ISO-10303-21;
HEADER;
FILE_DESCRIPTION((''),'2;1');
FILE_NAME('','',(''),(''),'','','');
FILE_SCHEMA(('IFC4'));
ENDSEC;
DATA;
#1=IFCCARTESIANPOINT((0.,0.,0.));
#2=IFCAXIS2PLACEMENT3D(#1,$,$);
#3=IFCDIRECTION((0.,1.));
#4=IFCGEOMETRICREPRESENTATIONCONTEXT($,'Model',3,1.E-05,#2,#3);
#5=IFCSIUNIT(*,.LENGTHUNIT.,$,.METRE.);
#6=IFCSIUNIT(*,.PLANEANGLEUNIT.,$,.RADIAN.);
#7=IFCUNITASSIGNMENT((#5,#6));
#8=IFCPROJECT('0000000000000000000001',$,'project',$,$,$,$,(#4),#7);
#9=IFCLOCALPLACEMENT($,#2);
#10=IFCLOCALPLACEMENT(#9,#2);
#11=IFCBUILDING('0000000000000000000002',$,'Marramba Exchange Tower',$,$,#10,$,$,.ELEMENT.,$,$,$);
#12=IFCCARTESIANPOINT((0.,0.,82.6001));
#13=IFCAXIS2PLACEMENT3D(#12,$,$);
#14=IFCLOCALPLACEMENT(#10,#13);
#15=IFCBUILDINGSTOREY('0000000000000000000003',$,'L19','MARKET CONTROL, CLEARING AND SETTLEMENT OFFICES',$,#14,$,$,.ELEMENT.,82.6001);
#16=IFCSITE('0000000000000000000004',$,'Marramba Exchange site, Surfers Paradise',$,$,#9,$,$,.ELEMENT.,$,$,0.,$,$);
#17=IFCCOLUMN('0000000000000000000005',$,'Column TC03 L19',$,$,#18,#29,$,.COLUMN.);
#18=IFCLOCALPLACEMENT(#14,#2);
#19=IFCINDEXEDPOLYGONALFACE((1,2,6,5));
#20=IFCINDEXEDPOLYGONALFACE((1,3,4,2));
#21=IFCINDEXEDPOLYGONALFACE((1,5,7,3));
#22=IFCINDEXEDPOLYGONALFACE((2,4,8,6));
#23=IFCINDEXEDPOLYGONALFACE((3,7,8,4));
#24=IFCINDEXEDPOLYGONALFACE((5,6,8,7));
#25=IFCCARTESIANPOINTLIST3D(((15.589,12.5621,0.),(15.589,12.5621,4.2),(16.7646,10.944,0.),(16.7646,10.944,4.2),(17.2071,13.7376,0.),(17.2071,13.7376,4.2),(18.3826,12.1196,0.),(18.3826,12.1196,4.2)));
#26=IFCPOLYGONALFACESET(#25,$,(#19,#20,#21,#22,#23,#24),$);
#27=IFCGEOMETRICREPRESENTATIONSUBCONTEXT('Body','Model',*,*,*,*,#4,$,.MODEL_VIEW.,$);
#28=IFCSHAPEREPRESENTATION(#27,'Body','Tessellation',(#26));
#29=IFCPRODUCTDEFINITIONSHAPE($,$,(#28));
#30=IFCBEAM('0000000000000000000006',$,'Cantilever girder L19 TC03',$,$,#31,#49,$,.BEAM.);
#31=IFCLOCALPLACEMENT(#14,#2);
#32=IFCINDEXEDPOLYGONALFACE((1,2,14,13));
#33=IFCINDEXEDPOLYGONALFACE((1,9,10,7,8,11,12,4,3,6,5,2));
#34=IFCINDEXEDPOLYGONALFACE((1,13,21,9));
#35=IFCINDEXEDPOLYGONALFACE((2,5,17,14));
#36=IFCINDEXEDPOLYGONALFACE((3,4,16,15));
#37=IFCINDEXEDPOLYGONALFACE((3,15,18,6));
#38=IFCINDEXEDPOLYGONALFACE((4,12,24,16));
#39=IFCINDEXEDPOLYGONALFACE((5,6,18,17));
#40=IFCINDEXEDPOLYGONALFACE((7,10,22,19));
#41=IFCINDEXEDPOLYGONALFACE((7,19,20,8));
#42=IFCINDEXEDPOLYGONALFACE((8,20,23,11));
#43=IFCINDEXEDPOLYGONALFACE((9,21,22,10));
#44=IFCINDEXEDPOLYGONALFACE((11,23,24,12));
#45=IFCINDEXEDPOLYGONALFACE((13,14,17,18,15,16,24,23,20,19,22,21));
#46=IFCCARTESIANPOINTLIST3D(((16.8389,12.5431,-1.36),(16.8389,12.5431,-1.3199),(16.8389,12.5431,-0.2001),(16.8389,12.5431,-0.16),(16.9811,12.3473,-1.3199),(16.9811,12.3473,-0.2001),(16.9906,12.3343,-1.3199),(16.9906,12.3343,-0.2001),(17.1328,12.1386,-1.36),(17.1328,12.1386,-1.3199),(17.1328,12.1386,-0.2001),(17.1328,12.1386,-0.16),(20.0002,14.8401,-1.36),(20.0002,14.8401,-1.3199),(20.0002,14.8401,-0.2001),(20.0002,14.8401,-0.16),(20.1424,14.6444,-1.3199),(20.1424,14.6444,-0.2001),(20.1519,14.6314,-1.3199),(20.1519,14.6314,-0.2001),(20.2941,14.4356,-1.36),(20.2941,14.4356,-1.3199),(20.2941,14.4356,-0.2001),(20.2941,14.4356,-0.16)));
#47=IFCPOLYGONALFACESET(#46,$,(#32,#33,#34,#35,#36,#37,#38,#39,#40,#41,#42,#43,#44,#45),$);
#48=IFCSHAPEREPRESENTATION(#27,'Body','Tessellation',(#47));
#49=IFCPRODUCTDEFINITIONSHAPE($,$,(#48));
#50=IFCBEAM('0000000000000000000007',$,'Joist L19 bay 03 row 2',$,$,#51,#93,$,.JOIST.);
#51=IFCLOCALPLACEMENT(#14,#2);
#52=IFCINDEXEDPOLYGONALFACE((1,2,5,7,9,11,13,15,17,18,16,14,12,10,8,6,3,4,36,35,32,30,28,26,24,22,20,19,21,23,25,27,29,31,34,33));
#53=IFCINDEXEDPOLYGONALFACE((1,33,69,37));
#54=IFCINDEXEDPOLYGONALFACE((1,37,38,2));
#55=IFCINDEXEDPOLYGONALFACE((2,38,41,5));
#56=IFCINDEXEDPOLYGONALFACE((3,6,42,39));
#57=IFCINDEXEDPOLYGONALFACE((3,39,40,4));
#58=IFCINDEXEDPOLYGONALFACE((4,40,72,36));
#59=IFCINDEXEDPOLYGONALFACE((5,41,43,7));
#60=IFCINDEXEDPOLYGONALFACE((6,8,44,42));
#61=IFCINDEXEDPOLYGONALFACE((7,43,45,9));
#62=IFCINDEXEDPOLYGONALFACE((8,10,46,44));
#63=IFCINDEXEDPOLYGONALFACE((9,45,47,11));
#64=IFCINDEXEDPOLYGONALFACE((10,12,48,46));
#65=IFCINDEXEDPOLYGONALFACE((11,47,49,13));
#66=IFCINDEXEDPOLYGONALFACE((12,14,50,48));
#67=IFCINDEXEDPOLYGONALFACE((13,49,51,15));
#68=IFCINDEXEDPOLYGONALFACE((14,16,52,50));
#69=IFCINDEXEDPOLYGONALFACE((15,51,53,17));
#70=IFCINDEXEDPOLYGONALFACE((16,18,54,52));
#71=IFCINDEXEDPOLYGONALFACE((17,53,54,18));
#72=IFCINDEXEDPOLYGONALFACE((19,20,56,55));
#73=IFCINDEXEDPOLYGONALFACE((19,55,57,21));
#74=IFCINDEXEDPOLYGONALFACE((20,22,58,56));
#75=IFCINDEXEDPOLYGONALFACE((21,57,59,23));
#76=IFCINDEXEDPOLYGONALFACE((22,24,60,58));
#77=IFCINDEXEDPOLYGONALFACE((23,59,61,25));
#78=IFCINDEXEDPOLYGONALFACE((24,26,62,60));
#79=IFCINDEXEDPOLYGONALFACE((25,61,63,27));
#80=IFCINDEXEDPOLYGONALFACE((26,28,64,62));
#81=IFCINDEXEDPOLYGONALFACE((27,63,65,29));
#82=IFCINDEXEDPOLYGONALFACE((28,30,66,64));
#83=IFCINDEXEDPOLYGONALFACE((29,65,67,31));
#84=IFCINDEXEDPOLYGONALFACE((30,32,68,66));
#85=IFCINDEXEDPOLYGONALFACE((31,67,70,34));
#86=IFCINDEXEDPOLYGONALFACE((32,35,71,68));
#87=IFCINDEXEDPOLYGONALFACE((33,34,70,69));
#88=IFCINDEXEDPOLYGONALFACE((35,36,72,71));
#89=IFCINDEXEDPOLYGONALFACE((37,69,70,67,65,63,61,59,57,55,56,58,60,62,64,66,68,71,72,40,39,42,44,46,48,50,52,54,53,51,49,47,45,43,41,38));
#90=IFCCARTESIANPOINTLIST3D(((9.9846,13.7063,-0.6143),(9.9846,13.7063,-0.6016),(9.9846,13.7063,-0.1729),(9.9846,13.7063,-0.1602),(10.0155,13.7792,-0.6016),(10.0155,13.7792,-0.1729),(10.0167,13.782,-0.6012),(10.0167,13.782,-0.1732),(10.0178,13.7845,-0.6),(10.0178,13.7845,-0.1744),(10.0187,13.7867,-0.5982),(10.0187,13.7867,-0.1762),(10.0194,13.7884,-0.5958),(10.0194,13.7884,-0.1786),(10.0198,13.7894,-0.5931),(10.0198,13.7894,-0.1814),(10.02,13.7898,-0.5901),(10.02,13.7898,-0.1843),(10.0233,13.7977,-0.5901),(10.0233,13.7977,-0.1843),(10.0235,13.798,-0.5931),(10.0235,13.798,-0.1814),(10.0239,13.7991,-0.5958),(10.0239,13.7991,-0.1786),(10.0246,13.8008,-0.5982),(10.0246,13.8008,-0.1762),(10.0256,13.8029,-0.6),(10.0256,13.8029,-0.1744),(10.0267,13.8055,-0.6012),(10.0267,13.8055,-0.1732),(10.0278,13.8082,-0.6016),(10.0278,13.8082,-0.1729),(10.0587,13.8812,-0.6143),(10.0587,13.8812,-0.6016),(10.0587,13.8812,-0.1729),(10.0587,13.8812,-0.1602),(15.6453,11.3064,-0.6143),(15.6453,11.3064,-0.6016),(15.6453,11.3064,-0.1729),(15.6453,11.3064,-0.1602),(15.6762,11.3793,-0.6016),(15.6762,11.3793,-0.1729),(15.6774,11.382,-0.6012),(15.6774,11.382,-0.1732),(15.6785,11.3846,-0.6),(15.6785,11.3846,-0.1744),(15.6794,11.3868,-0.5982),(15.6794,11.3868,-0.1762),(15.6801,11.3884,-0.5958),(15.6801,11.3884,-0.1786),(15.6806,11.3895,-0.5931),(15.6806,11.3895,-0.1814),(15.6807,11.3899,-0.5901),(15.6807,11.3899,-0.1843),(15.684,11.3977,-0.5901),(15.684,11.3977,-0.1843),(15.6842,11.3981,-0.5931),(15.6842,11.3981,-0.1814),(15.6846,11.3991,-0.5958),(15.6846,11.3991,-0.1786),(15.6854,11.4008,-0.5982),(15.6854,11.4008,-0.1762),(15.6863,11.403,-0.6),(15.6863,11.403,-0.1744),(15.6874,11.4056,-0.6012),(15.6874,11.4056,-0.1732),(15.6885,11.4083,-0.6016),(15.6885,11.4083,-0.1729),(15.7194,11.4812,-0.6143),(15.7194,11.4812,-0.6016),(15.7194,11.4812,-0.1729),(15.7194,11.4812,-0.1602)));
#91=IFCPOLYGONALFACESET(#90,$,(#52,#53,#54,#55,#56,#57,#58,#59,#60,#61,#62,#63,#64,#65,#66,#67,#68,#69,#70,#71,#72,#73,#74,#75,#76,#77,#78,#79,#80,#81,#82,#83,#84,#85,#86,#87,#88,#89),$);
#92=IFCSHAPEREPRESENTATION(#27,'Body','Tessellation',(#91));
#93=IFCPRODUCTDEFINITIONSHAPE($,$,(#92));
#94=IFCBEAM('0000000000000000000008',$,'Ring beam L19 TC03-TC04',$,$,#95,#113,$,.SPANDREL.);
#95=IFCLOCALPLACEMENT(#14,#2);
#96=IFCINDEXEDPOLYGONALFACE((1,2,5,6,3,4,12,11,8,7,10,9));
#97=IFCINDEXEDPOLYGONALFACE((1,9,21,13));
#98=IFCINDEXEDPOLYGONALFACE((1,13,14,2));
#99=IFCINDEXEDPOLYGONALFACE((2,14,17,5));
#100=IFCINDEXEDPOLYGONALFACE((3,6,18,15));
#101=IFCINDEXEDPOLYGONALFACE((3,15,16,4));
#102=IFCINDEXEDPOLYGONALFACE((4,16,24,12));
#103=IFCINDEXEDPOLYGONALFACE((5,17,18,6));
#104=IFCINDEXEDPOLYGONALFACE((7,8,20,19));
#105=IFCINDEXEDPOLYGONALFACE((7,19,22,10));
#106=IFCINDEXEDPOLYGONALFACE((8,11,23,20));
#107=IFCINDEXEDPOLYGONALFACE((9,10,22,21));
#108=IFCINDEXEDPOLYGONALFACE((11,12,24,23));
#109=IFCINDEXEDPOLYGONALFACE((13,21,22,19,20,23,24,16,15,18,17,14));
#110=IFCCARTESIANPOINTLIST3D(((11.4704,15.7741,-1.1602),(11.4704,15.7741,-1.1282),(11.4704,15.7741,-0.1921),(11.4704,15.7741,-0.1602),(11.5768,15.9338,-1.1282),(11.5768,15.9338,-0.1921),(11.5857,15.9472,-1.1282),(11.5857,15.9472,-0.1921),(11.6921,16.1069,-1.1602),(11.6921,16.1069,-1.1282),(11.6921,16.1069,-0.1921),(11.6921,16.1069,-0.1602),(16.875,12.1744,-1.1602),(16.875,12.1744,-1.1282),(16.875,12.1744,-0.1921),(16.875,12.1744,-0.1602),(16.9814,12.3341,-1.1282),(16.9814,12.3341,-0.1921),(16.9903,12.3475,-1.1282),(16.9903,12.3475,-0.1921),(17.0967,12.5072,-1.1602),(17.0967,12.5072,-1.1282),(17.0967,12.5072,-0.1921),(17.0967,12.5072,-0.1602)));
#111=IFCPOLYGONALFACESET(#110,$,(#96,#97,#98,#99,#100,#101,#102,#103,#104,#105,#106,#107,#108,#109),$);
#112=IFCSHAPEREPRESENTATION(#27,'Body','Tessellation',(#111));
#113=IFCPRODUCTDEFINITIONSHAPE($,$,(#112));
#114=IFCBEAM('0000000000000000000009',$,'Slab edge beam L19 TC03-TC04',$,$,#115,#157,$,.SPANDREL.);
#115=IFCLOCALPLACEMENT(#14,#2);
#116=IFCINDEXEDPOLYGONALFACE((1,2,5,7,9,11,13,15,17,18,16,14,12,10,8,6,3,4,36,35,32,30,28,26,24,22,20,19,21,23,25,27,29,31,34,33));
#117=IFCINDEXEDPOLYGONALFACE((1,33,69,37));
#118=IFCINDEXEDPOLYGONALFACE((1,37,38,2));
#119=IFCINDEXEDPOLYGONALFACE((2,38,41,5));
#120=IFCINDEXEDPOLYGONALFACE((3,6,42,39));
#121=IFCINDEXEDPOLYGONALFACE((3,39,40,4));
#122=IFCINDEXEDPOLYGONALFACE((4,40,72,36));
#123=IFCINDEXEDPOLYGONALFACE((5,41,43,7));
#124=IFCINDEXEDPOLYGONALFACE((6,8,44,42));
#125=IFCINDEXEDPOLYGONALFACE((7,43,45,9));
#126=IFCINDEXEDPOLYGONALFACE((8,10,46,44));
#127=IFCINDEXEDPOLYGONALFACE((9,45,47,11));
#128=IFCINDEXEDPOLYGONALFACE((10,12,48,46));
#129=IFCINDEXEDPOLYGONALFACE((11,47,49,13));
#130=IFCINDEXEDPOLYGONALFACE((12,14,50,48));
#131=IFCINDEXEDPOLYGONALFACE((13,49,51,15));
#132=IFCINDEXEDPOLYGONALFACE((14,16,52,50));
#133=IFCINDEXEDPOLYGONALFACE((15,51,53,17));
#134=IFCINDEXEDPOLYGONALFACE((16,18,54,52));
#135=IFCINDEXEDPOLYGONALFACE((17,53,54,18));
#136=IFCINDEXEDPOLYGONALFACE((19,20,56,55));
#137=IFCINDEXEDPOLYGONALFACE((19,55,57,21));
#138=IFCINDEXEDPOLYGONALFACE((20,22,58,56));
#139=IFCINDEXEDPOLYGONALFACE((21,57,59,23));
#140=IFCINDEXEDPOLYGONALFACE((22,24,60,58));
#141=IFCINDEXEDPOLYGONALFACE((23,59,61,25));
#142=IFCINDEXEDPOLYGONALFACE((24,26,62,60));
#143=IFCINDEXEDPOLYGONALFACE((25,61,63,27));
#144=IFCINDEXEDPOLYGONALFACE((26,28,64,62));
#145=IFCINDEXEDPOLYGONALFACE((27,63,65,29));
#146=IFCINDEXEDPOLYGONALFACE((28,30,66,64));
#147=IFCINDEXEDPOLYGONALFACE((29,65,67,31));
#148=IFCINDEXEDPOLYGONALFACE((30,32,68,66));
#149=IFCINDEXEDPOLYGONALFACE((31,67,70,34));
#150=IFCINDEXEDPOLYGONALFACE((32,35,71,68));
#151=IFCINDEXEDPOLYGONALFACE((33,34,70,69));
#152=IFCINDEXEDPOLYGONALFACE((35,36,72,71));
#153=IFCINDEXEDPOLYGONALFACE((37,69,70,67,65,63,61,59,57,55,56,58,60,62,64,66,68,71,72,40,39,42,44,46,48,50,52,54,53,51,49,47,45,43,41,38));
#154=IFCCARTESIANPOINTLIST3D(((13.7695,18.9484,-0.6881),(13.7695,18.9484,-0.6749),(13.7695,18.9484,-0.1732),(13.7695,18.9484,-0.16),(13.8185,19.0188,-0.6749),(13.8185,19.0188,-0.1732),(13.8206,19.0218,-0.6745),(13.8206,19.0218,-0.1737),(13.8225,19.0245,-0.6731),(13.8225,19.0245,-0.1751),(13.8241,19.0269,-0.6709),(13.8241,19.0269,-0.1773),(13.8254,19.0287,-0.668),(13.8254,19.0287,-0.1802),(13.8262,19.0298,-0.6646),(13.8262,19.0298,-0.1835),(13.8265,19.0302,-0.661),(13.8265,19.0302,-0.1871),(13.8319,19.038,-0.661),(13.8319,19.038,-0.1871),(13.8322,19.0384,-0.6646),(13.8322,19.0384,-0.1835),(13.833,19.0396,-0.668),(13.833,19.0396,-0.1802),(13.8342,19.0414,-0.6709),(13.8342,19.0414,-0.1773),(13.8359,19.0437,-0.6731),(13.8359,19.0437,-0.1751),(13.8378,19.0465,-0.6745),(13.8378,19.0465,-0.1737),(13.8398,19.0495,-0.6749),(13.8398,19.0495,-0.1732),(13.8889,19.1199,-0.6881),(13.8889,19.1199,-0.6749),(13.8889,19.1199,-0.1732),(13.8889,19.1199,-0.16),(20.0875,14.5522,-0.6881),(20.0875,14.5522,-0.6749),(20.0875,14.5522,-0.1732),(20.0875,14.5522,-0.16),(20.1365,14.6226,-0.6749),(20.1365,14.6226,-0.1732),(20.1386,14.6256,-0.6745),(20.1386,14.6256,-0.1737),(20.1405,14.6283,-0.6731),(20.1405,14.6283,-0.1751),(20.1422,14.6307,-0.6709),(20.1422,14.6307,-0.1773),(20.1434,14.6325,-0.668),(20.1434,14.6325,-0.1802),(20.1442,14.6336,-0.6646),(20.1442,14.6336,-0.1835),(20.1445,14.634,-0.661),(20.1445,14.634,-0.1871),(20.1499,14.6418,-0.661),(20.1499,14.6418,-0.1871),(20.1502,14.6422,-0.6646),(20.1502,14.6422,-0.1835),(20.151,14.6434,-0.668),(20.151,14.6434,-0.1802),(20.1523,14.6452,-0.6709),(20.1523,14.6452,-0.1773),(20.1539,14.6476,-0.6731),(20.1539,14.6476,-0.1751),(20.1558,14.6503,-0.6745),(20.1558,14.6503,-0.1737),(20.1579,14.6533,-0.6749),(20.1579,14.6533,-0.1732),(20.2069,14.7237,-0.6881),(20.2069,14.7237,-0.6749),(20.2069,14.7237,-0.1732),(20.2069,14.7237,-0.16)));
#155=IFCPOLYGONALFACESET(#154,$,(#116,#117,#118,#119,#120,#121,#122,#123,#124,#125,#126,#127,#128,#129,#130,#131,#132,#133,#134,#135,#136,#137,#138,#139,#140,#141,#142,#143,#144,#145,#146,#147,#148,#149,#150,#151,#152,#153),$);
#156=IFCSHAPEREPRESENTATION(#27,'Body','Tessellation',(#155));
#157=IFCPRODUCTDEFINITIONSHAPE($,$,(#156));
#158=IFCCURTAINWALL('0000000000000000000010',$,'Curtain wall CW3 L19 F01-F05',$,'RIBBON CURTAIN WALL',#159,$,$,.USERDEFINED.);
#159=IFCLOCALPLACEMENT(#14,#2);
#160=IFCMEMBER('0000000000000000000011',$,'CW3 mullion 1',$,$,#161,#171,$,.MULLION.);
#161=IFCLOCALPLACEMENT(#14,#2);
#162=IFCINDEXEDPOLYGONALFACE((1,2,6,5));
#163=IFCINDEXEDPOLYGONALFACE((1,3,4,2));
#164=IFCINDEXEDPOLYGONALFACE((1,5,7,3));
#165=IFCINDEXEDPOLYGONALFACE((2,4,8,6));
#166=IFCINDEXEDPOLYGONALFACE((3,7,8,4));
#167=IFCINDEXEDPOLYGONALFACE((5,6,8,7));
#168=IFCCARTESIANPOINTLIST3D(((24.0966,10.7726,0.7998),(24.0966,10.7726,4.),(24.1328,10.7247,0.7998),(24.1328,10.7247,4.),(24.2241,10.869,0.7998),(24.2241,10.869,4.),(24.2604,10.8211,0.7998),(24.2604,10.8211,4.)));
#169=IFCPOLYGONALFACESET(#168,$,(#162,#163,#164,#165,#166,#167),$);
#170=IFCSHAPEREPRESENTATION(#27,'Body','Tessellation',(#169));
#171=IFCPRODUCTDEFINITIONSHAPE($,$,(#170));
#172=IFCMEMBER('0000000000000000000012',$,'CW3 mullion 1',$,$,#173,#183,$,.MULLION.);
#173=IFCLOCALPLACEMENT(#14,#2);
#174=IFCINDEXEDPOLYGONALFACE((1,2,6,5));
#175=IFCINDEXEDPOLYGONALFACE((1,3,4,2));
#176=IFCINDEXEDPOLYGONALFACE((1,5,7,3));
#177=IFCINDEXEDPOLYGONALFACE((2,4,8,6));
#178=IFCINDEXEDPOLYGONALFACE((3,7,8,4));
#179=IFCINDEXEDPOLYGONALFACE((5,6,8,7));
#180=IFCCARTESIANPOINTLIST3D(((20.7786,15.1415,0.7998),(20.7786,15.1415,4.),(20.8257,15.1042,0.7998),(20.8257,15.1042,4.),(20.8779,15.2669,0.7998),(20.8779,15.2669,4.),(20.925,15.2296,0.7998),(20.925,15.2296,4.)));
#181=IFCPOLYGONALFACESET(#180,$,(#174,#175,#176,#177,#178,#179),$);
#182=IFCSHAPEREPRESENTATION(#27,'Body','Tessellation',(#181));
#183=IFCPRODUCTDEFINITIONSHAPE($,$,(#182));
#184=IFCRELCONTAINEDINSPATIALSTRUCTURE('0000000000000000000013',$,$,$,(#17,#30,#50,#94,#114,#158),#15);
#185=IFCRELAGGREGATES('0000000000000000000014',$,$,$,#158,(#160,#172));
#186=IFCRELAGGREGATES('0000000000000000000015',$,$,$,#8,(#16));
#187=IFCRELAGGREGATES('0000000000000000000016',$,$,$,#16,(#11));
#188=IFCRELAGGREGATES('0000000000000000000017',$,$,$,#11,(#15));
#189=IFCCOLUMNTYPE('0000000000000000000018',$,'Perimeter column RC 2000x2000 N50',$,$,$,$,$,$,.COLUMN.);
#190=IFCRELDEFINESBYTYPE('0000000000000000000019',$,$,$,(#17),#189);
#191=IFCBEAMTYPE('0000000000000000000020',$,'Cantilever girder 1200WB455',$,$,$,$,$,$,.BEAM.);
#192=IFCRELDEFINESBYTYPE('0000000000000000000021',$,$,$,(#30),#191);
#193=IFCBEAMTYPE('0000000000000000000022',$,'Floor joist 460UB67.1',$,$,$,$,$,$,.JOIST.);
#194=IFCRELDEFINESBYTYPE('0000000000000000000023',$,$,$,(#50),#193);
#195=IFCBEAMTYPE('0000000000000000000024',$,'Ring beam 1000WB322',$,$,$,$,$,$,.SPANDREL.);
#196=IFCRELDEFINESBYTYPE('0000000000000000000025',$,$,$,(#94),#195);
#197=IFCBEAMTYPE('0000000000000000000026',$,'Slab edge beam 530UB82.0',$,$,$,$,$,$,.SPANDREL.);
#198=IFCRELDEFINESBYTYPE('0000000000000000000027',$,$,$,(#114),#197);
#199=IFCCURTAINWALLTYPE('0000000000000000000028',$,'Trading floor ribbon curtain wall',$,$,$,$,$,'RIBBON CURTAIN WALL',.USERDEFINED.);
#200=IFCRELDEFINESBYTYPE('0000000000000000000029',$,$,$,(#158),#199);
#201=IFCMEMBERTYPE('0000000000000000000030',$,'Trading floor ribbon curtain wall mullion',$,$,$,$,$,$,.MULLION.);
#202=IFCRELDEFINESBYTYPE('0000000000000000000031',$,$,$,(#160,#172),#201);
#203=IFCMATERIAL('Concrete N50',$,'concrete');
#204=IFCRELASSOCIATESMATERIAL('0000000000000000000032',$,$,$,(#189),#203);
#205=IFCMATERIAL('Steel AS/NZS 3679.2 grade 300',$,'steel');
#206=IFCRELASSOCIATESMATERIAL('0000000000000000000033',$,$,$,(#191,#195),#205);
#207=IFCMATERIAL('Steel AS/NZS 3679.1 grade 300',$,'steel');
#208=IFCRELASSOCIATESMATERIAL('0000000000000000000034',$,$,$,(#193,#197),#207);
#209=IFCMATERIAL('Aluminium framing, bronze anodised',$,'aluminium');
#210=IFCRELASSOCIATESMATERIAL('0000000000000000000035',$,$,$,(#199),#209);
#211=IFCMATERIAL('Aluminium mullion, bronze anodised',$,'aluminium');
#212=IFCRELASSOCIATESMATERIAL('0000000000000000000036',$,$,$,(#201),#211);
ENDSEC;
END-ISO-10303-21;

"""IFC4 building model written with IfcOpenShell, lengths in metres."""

from ifc_helpers import new_model, si_unit, direction, frame, origin, origin_2d, place, context, subcontext, project, spatial, rectangle, i_section, extrude, material, material_profile, profile_set, type_object, element, aggregate, save


model = new_model("IFC4")

# Units and contexts
model_context = context("Model", 3, precision=1e-05, world=origin(), true_north=direction((0.0, 1.0)))
body_context = subcontext(model_context, "Body", "Model", "MODEL_VIEW")
ifc_project = project(units=[si_unit("LENGTHUNIT", "METRE"), si_unit("PLANEANGLEUNIT", "RADIAN")], contexts=[model_context])

# Site, building, storey
site_placement = place(None, origin())
site = spatial("IfcSite", under=ifc_project, at=site_placement, Name="Marramba Exchange site, Surfers Paradise", CompositionType="ELEMENT", RefElevation=0.0)
building_placement = place(site_placement, origin())
building = spatial("IfcBuilding", under=site, at=building_placement, Name="Marramba Exchange Tower", CompositionType="ELEMENT")
storey_placement = place(building_placement, frame((0.0, 0.0, 82.6001)))
storey = spatial("IfcBuildingStorey", under=building, at=storey_placement, Name="L19", Description="MARKET CONTROL, CLEARING AND SETTLEMENT OFFICES", CompositionType="ELEMENT", Elevation=82.6001)

# Column
ifc_material_1 = material(Name="Concrete N50", Category="concrete")
ifc_material_profile_1 = material_profile(ifc_material_1, rectangle(XDim=2.0, YDim=2.0, at=origin_2d()), Name="RC 2000x2000")
ifc_profile_set_1 = profile_set([ifc_material_profile_1], Name="Concrete N50")
column_type = type_object("IfcColumnType", Name="Perimeter column RC 2000x2000 N50", PredefinedType="COLUMN", material=ifc_profile_set_1)
column_placement = place(storey_placement, frame((16.9858, 12.3408, 0.0), z_axis=(0.0, 0.0, 1.0), x_axis=(0.809017, 0.587785, 0.0)))
element("IfcColumn", 1, at=column_placement, inside=storey, type_object=column_type, Name="Column TC03 L19", PredefinedType="COLUMN", context=body_context, shape_type="SweptSolid", body=[
    extrude(rectangle(XDim=2.0, YDim=2.0, at=origin_2d()), origin(), (0.0, 0.0, 1.0), 4.2),
])

# Beams
ifc_material_2 = material(Name="Steel AS/NZS 3679.2 grade 300", Category="steel")
ifc_material_profile_2 = material_profile(ifc_material_2, i_section(OverallWidth=0.5, OverallDepth=1.2, WebThickness=0.0161, FlangeThickness=0.04, at=origin_2d()), Name="1200WB455")
ifc_profile_set_2 = profile_set([ifc_material_profile_2], Name="Steel AS/NZS 3679.2 grade 300")
beam_type_1 = type_object("IfcBeamType", Name="Cantilever girder 1200WB455", PredefinedType="BEAM", material=ifc_profile_set_2)
beam_1_placement = place(storey_placement, frame((16.9858, 12.3408, -0.76), z_axis=(0.808987, 0.587826, 0.0), x_axis=(-0.587826, 0.808987, 0.0)))
element("IfcBeam", 2, at=beam_1_placement, inside=storey, type_object=beam_type_1, Name="Cantilever girder L19 TC03", PredefinedType="BEAM", context=body_context, shape_type="SweptSolid", body=[
    extrude(i_section(OverallWidth=0.5, OverallDepth=1.2, WebThickness=0.0161, FlangeThickness=0.04, at=origin_2d()), origin(), (0.0, 0.0, 1.0), 3.9077),
])
ifc_material_3 = material(Name="Steel AS/NZS 3679.1 grade 300", Category="steel")
ifc_material_profile_3 = material_profile(ifc_material_3, i_section(OverallWidth=0.1899, OverallDepth=0.4541, WebThickness=0.0085, FlangeThickness=0.0127, FilletRadius=0.0115, at=origin_2d()), Name="460UB67.1")
ifc_profile_set_3 = profile_set([ifc_material_profile_3], Name="Steel AS/NZS 3679.1 grade 300")
beam_type_2 = type_object("IfcBeamType", Name="Floor joist 460UB67.1", PredefinedType="JOIST", material=ifc_profile_set_3)
beam_2_placement = place(storey_placement, frame((15.6824, 11.3938, -0.3872), z_axis=(-0.920674, 0.390332, 0.0), x_axis=(-0.390332, -0.920674, 0.0)))
element("IfcBeam", 3, at=beam_2_placement, inside=storey, type_object=beam_type_2, Name="Joist L19 bay 03 row 2", PredefinedType="JOIST", context=body_context, shape_type="SweptSolid", body=[
    extrude(i_section(OverallWidth=0.1899, OverallDepth=0.4541, WebThickness=0.0085, FlangeThickness=0.0127, FilletRadius=0.0115, at=origin_2d()), origin(), (0.0, 0.0, 1.0), 6.1484),
])
ifc_material_profile_4 = material_profile(ifc_material_2, i_section(OverallWidth=0.3999, OverallDepth=1.0, WebThickness=0.0161, FlangeThickness=0.032, at=origin_2d()), Name="1000WB322")
ifc_profile_set_4 = profile_set([ifc_material_profile_4], Name="Steel AS/NZS 3679.2 grade 300")
beam_type_3 = type_object("IfcBeamType", Name="Ring beam 1000WB322", PredefinedType="SPANDREL", material=ifc_profile_set_4)
beam_3_placement = place(storey_placement, frame((16.9858, 12.3408, -0.6602), z_axis=(-0.832293, 0.554336, 0.0), x_axis=(-0.554336, -0.832293, 0.0)))
element("IfcBeam", 4, at=beam_3_placement, inside=storey, type_object=beam_type_3, Name="Ring beam L19 TC03-TC04", PredefinedType="SPANDREL", context=body_context, shape_type="SweptSolid", body=[
    extrude(i_section(OverallWidth=0.3999, OverallDepth=1.0, WebThickness=0.0161, FlangeThickness=0.032, at=origin_2d()), origin(), (0.0, 0.0, 1.0), 6.4937),
])
ifc_material_profile_5 = material_profile(ifc_material_3, i_section(OverallWidth=0.209, OverallDepth=0.5281, WebThickness=0.0095, FlangeThickness=0.0132, FilletRadius=0.0139, at=origin_2d()), Name="530UB82.0")
ifc_profile_set_5 = profile_set([ifc_material_profile_5], Name="Steel AS/NZS 3679.1 grade 300")
beam_type_4 = type_object("IfcBeamType", Name="Slab edge beam 530UB82.0", PredefinedType="SPANDREL", material=ifc_profile_set_5)
beam_4_placement = place(storey_placement, frame((20.1472, 14.6379, -0.4241), z_axis=(-0.820842, 0.571155, 0.0), x_axis=(-0.571155, -0.820842, 0.0)))
element("IfcBeam", 5, at=beam_4_placement, inside=storey, type_object=beam_type_4, Name="Slab edge beam L19 TC03-TC04", PredefinedType="SPANDREL", context=body_context, shape_type="SweptSolid", body=[
    extrude(i_section(OverallWidth=0.209, OverallDepth=0.5281, WebThickness=0.0095, FlangeThickness=0.0132, FilletRadius=0.0139, at=origin_2d()), origin(), (0.0, 0.0, 1.0), 7.697),
])

# Curtain wall, members
ifc_material_4 = material(Name="Aluminium framing, bronze anodised", Category="aluminium")
curtain_wall_type = type_object("IfcCurtainWallType", Name="Trading floor ribbon curtain wall", ElementType="RIBBON CURTAIN WALL", PredefinedType="USERDEFINED", material=ifc_material_4)
curtain_wall_placement = place(storey_placement, origin())
curtain_wall = element("IfcCurtainWall", 6, at=curtain_wall_placement, inside=storey, type_object=curtain_wall_type, Name="Curtain wall CW3 L19 F01-F05", ObjectType="RIBBON CURTAIN WALL", PredefinedType="USERDEFINED")
ifc_material_5 = material(Name="Aluminium mullion, bronze anodised", Category="aluminium")
ifc_material_profile_6 = material_profile(ifc_material_5, rectangle(XDim=0.1599, YDim=0.0601, at=origin_2d()), Name="CW3 mullion 60x160")
ifc_profile_set_6 = profile_set([ifc_material_profile_6], Name="Aluminium mullion, bronze anodised")
member_type_1 = type_object("IfcMemberType", Name="Trading floor ribbon curtain wall mullion", PredefinedType="MULLION", material=ifc_profile_set_6)
member_1_placement = place(storey_placement, frame((24.1785, 10.7969, 0.7998), z_axis=(0.0, 0.0, 1.0), x_axis=(-0.797749, -0.60299, 0.0)))
member_1 = element("IfcMember", 7, at=member_1_placement, type_object=member_type_1, Name="CW3 mullion 1", PredefinedType="MULLION", context=body_context, shape_type="SweptSolid", body=[
    extrude(rectangle(XDim=0.1599, YDim=0.0601, at=origin_2d()), origin(), (0.0, 0.0, 1.0), 3.2002),
])
member_2_placement = place(storey_placement, frame((20.8518, 15.1855, 0.7998), z_axis=(0.0, 0.0, 1.0), x_axis=(-0.62065, -0.784088, 0.0)))
member_2 = element("IfcMember", 8, at=member_2_placement, type_object=member_type_1, Name="CW3 mullion 1", PredefinedType="MULLION", context=body_context, shape_type="SweptSolid", body=[
    extrude(rectangle(XDim=0.1599, YDim=0.0601, at=origin_2d()), origin(), (0.0, 0.0, 1.0), 3.2002),
])
aggregate(curtain_wall, [member_1, member_2])

save(model, "model.ifc")
